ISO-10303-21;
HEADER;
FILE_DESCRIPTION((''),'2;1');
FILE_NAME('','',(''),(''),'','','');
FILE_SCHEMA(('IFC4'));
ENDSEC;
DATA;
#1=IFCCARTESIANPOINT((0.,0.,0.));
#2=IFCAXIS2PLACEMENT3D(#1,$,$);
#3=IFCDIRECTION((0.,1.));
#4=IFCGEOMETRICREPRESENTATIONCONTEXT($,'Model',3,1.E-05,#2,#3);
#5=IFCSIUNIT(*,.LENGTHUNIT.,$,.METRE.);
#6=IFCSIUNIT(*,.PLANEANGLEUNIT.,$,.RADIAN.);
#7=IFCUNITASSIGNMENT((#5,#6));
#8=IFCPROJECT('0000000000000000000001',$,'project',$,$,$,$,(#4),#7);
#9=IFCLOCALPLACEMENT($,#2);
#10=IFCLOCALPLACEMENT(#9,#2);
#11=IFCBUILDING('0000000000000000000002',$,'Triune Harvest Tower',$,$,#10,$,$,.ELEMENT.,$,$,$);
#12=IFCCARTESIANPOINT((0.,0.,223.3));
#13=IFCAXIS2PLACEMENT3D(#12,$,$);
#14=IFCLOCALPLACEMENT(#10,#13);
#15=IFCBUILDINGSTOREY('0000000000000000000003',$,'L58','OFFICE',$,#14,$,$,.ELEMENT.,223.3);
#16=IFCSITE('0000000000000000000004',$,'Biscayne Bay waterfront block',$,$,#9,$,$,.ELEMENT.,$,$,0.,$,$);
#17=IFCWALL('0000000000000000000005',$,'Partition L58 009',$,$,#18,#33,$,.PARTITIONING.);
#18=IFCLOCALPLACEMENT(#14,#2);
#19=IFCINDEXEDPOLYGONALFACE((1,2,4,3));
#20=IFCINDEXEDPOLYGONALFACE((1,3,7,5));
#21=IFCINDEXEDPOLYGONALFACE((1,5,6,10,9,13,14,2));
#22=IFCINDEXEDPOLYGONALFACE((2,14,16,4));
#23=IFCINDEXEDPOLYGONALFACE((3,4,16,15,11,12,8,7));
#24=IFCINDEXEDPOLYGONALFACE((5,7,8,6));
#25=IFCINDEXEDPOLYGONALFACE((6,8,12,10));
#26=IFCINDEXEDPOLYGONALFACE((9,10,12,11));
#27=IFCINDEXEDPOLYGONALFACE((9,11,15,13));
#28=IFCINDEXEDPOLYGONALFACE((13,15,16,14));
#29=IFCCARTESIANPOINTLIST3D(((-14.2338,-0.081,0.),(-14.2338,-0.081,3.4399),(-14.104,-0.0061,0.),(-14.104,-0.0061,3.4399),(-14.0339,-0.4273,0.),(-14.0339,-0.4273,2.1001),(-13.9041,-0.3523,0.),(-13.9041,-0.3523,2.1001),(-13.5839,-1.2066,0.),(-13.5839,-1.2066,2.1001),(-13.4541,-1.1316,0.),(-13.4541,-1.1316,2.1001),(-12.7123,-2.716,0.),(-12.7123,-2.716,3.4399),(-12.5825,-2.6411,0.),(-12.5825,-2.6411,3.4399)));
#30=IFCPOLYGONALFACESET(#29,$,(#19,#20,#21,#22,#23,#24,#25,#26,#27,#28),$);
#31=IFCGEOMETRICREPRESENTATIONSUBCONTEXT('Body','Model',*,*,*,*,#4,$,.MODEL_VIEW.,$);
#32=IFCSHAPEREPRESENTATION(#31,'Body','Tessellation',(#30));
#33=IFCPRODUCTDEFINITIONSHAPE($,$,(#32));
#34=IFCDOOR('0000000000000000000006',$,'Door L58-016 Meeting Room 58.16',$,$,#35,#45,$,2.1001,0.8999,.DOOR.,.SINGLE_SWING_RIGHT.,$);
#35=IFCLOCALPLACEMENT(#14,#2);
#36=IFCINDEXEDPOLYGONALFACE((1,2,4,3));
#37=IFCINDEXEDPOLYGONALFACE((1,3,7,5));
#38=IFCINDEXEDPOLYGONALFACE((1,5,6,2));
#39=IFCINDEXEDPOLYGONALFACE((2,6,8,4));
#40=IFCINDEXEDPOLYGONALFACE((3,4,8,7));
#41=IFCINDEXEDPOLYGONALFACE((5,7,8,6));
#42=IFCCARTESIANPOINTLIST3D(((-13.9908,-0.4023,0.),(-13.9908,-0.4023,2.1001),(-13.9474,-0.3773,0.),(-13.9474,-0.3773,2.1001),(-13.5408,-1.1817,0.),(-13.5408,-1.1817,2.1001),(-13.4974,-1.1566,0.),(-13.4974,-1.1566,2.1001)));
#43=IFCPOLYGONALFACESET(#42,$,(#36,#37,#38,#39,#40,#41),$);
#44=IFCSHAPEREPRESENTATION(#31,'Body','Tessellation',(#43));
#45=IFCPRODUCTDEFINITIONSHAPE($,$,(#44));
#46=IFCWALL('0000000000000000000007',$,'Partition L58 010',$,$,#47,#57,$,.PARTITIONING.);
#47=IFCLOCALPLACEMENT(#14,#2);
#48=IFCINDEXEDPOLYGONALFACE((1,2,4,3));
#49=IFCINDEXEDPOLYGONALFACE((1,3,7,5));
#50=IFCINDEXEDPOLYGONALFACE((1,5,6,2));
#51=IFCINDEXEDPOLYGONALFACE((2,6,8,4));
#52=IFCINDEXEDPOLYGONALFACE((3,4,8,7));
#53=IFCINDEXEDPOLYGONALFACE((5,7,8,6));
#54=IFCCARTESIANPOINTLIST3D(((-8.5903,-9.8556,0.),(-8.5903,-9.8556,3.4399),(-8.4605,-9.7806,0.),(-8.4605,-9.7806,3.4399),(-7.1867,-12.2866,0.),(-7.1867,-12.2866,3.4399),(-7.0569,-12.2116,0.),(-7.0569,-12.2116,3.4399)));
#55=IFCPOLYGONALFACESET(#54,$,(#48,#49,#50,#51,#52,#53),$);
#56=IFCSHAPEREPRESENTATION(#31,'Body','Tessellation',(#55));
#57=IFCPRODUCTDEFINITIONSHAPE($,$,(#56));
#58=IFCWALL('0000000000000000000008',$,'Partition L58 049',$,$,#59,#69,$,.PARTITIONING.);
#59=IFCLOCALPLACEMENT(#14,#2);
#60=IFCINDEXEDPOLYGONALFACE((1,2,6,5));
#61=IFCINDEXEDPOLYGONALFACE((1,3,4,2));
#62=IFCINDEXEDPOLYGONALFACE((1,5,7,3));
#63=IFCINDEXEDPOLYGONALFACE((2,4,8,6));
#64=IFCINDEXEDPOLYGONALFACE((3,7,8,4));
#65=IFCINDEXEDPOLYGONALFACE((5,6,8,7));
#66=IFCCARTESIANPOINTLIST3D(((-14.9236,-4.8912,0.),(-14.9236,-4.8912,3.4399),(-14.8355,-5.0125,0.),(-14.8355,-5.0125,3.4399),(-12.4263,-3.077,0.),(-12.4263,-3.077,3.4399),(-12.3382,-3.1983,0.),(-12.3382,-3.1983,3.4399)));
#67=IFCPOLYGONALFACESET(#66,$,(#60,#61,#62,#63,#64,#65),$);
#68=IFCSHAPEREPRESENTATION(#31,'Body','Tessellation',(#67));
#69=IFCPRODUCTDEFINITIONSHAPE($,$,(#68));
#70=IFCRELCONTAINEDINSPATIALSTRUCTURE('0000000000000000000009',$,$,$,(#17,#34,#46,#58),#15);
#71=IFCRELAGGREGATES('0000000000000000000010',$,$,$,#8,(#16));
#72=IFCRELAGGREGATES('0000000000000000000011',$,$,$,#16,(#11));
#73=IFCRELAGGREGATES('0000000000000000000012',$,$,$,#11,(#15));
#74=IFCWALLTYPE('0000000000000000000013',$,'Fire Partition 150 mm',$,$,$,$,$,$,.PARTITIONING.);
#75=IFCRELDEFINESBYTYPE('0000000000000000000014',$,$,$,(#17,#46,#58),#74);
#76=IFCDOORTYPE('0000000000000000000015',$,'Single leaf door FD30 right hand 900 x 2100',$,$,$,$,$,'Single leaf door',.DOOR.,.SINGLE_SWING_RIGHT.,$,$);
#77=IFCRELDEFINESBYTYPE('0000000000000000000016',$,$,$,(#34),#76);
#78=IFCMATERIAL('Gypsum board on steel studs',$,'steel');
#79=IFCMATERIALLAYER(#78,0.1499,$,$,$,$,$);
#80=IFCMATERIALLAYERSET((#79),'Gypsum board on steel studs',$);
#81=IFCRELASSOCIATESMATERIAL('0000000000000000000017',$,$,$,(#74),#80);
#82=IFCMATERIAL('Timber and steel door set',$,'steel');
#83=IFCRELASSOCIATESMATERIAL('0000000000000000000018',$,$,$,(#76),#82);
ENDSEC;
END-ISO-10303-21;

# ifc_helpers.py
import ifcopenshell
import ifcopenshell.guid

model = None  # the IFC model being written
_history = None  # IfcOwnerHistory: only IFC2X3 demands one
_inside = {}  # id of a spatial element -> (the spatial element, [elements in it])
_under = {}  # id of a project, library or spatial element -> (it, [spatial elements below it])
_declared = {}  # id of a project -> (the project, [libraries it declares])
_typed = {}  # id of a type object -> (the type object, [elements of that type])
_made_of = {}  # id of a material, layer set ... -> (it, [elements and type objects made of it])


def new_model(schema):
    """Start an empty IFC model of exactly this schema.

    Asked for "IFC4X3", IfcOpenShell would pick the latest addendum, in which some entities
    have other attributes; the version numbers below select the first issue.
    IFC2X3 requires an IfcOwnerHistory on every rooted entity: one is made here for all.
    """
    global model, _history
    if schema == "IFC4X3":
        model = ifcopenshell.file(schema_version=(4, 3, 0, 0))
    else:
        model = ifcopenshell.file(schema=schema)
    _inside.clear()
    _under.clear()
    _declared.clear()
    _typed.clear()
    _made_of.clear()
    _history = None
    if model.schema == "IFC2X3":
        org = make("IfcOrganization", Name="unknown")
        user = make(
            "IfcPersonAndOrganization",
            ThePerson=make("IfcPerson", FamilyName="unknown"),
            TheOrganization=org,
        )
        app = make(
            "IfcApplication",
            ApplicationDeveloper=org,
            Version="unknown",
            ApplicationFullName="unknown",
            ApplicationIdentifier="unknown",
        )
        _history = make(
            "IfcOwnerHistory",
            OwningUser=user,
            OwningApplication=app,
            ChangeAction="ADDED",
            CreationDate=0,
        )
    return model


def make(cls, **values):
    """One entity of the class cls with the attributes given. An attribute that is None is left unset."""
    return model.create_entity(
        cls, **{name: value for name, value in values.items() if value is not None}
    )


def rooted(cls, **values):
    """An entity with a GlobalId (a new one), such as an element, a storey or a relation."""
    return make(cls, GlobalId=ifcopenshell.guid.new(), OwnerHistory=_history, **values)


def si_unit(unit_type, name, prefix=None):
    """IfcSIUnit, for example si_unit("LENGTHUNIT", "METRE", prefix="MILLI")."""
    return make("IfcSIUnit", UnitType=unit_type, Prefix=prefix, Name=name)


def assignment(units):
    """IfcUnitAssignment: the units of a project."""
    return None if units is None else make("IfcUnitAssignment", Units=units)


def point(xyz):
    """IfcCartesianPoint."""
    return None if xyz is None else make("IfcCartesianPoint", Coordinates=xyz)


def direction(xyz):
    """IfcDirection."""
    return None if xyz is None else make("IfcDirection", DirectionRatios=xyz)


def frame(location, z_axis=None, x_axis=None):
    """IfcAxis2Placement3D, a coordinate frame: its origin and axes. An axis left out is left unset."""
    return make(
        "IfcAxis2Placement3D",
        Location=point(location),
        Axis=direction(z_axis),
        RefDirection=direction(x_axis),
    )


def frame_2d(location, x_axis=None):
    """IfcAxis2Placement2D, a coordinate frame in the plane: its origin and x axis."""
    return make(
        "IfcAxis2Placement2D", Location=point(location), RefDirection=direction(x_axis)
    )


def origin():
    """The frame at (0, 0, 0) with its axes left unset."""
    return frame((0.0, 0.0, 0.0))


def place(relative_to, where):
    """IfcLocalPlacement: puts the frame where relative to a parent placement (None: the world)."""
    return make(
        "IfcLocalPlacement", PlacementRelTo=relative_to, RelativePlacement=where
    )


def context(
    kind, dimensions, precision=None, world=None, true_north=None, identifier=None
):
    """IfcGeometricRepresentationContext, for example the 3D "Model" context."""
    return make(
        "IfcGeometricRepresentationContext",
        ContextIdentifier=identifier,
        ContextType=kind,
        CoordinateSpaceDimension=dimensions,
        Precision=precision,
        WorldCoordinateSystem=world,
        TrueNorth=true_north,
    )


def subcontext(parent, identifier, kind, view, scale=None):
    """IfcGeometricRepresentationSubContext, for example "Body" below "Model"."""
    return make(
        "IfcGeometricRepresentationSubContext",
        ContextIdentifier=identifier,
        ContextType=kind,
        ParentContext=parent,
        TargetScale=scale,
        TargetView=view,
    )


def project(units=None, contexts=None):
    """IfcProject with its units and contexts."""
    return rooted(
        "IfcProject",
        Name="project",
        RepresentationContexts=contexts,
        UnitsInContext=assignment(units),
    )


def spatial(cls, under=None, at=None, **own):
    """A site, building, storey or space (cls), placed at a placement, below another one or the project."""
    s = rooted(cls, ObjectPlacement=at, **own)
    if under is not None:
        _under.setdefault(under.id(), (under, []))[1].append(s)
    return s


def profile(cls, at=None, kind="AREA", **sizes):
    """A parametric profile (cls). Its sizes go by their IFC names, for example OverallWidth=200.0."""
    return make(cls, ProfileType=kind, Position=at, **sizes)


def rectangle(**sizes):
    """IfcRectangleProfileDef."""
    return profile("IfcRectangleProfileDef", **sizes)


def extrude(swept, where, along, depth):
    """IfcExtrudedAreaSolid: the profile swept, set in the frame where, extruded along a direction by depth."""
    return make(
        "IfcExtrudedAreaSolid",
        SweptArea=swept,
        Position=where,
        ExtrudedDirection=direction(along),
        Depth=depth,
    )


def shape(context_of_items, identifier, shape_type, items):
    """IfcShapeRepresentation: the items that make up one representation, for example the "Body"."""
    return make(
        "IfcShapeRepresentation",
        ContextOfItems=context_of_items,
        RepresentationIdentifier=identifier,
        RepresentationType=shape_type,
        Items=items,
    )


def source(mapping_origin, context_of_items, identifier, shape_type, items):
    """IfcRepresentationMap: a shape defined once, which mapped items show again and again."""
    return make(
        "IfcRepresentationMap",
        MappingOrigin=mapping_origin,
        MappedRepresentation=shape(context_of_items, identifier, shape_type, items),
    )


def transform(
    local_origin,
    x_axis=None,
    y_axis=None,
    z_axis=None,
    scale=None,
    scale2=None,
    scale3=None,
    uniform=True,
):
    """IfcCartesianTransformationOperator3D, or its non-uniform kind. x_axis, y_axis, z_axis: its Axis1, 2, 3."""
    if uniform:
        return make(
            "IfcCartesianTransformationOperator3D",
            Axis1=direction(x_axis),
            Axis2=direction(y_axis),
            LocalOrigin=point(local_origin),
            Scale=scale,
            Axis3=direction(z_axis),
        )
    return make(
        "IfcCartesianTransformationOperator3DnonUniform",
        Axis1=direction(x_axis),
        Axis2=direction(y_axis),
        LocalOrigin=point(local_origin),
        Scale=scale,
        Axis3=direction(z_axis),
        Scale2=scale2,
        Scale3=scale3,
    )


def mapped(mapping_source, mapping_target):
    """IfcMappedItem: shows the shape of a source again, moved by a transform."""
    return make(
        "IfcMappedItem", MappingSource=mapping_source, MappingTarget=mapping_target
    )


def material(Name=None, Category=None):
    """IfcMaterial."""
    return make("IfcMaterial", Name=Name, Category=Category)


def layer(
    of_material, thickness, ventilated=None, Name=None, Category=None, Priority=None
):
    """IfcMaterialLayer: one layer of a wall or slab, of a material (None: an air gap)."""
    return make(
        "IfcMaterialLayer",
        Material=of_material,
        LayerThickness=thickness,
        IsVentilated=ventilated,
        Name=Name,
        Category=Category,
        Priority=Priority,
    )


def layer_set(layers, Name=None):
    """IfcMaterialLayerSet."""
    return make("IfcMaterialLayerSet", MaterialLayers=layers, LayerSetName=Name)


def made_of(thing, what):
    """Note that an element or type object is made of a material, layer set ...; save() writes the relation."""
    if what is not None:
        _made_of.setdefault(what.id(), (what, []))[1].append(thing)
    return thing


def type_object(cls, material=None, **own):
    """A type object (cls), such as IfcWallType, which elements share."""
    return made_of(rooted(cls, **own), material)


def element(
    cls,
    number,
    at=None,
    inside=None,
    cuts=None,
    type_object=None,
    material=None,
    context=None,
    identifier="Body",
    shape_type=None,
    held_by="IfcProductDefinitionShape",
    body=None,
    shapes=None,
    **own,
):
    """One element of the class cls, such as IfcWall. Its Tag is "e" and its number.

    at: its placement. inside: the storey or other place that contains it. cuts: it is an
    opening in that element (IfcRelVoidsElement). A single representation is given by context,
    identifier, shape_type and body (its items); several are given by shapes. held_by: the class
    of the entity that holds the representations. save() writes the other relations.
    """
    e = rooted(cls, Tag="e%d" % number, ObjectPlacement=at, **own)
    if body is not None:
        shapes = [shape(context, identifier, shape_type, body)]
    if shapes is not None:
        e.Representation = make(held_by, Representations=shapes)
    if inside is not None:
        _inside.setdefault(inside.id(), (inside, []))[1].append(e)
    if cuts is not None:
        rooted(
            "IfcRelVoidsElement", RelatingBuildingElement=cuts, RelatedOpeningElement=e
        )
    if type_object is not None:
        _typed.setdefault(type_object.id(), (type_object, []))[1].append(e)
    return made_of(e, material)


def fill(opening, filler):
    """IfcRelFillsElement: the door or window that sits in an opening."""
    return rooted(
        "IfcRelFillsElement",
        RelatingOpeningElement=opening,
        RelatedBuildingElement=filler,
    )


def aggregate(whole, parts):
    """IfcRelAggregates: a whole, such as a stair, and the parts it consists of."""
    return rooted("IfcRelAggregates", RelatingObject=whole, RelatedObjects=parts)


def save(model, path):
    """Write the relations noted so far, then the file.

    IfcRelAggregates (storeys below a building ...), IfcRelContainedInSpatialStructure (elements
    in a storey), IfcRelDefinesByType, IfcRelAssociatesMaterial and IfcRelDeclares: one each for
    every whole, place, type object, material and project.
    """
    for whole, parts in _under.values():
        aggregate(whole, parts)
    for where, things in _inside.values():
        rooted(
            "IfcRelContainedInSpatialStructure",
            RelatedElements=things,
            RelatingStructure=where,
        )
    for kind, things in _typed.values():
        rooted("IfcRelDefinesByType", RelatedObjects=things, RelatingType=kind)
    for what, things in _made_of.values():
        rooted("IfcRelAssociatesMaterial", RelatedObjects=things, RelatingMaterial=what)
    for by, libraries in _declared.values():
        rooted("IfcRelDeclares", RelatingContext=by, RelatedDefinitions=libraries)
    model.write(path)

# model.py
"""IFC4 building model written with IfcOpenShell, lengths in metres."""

from ifc_helpers import new_model, si_unit, direction, frame, frame_2d, origin, place, context, subcontext, project, spatial, rectangle, extrude, source, transform, mapped, material, layer, layer_set, type_object, element, fill, save


model = new_model("IFC4")

# Units and contexts
model_context = context("Model", 3, precision=1e-05, world=origin(), true_north=direction((0.0, 1.0)))
body_context = subcontext(model_context, "Body", "Model", "MODEL_VIEW")
ifc_project = project(units=[si_unit("LENGTHUNIT", "METRE"), si_unit("PLANEANGLEUNIT", "RADIAN")], contexts=[model_context])

# Site, building, storey
site_placement = place(None, origin())
site = spatial("IfcSite", under=ifc_project, at=site_placement, Name="Biscayne Bay waterfront block", CompositionType="ELEMENT", RefElevation=0.0)
building_placement = place(site_placement, origin())
building = spatial("IfcBuilding", under=site, at=building_placement, Name="Triune Harvest Tower", CompositionType="ELEMENT")
storey_placement = place(building_placement, frame((0.0, 0.0, 223.3)))
storey = spatial("IfcBuildingStorey", under=building, at=storey_placement, Name="L58", Description="OFFICE", CompositionType="ELEMENT", Elevation=223.3)

# Shared definitions
ifc_material_1 = material(Name="Gypsum board on steel studs", Category="steel")
ifc_layer_1 = layer(ifc_material_1, 0.1499)
ifc_layer_set_1 = layer_set([ifc_layer_1], Name="Gypsum board on steel studs")
wall_type_1 = type_object("IfcWallType", Name="Fire Partition 150 mm", PredefinedType="PARTITIONING", material=ifc_layer_set_1)

# Shared definitions
ifc_material_2 = material(Name="Timber and steel door set", Category="steel")
door_type_1 = type_object("IfcDoorType", Name="Single leaf door FD30 right hand 900 x 2100", ElementType="Single leaf door", OperationType="SINGLE_SWING_RIGHT", PredefinedType="DOOR", material=ifc_material_2)

# Wall, opening, door
shared_shape_1 = source(origin(), body_context, "Body", "SweptSolid", [
    extrude(rectangle(XDim=3.0427, YDim=0.1499, at=frame_2d((1.5215, 0.0))), origin(), (0.0, 0.0, 1.0), 3.4399),
])
wall_1_placement = place(storey_placement, frame((-14.1689, -0.0435, 0.0), z_axis=(0.0, 0.0, 1.0), x_axis=(0.50004, -0.866003, 0.0)))
wall_1 = element("IfcWall", 1, at=wall_1_placement, inside=storey, type_object=wall_type_1, Name="Partition L58 009", PredefinedType="PARTITIONING", context=body_context, shape_type="MappedRepresentation", body=[
    mapped(shared_shape_1, transform((0.0, 0.0, 0.0), scale=1.0)),
])
opening_1_placement = place(wall_1_placement, frame((0.3999, 0.0, 0.0)))
opening_1 = element("IfcOpeningElement", 2, at=opening_1_placement, cuts=wall_1, PredefinedType="OPENING", context=body_context, shape_type="SweptSolid", body=[
    extrude(rectangle(XDim=0.8999, YDim=2.1001, at=frame_2d((0.45, 1.05))), frame((0.0, 0.085, 0.0), z_axis=(0.0, -1.0, 0.0), x_axis=(1.0, 0.0, 0.0)), (0.0, 0.0, 1.0), 0.1699),
])
door_1_placement = place(opening_1_placement, origin())
door_1 = element("IfcDoor", 3, at=door_1_placement, inside=storey, type_object=door_type_1, Name="Door L58-016 Meeting Room 58.16", OperationType="SINGLE_SWING_RIGHT", OverallHeight=2.1001, OverallWidth=0.8999, PredefinedType="DOOR", context=body_context, shape_type="SweptSolid", body=[
    extrude(rectangle(XDim=0.8999, YDim=2.1001, at=frame_2d((0.45, 1.05))), frame((0.0, 0.0249, 0.0), z_axis=(0.0, -1.0, 0.0), x_axis=(1.0, 0.0, 0.0)), (0.0, 0.0, 1.0), 0.05),
])
fill(opening_1, door_1)

# Walls
shared_shape_2 = source(origin(), body_context, "Body", "SweptSolid", [
    extrude(rectangle(XDim=2.8071, YDim=0.1499, at=frame_2d((1.4036, 0.0))), origin(), (0.0, 0.0, 1.0), 3.4399),
])
wall_2_placement = place(storey_placement, frame((-8.5254, -9.8181, 0.0), z_axis=(0.0, 0.0, 1.0), x_axis=(0.500021, -0.866013, 0.0)))
element("IfcWall", 4, at=wall_2_placement, inside=storey, type_object=wall_type_1, Name="Partition L58 010", PredefinedType="PARTITIONING", context=body_context, shape_type="MappedRepresentation", body=[
    mapped(shared_shape_2, transform((0.0, 0.0, 0.0), scale=1.0)),
])
shared_shape_3 = source(origin(), body_context, "Body", "SweptSolid", [
    extrude(rectangle(XDim=3.0867, YDim=0.1499, at=frame_2d((1.5435, 0.0))), origin(), (0.0, 0.0, 1.0), 3.4399),
])
wall_3_placement = place(storey_placement, frame((-14.8796, -4.9519, 0.0), z_axis=(0.0, 0.0, 1.0), x_axis=(0.809047, 0.587744, 0.0)))
element("IfcWall", 5, at=wall_3_placement, inside=storey, type_object=wall_type_1, Name="Partition L58 049", PredefinedType="PARTITIONING", context=body_context, shape_type="MappedRepresentation", body=[
    mapped(shared_shape_3, transform((0.0, 0.0, 0.0), scale=1.0)),
])

save(model, "model.ifc")
